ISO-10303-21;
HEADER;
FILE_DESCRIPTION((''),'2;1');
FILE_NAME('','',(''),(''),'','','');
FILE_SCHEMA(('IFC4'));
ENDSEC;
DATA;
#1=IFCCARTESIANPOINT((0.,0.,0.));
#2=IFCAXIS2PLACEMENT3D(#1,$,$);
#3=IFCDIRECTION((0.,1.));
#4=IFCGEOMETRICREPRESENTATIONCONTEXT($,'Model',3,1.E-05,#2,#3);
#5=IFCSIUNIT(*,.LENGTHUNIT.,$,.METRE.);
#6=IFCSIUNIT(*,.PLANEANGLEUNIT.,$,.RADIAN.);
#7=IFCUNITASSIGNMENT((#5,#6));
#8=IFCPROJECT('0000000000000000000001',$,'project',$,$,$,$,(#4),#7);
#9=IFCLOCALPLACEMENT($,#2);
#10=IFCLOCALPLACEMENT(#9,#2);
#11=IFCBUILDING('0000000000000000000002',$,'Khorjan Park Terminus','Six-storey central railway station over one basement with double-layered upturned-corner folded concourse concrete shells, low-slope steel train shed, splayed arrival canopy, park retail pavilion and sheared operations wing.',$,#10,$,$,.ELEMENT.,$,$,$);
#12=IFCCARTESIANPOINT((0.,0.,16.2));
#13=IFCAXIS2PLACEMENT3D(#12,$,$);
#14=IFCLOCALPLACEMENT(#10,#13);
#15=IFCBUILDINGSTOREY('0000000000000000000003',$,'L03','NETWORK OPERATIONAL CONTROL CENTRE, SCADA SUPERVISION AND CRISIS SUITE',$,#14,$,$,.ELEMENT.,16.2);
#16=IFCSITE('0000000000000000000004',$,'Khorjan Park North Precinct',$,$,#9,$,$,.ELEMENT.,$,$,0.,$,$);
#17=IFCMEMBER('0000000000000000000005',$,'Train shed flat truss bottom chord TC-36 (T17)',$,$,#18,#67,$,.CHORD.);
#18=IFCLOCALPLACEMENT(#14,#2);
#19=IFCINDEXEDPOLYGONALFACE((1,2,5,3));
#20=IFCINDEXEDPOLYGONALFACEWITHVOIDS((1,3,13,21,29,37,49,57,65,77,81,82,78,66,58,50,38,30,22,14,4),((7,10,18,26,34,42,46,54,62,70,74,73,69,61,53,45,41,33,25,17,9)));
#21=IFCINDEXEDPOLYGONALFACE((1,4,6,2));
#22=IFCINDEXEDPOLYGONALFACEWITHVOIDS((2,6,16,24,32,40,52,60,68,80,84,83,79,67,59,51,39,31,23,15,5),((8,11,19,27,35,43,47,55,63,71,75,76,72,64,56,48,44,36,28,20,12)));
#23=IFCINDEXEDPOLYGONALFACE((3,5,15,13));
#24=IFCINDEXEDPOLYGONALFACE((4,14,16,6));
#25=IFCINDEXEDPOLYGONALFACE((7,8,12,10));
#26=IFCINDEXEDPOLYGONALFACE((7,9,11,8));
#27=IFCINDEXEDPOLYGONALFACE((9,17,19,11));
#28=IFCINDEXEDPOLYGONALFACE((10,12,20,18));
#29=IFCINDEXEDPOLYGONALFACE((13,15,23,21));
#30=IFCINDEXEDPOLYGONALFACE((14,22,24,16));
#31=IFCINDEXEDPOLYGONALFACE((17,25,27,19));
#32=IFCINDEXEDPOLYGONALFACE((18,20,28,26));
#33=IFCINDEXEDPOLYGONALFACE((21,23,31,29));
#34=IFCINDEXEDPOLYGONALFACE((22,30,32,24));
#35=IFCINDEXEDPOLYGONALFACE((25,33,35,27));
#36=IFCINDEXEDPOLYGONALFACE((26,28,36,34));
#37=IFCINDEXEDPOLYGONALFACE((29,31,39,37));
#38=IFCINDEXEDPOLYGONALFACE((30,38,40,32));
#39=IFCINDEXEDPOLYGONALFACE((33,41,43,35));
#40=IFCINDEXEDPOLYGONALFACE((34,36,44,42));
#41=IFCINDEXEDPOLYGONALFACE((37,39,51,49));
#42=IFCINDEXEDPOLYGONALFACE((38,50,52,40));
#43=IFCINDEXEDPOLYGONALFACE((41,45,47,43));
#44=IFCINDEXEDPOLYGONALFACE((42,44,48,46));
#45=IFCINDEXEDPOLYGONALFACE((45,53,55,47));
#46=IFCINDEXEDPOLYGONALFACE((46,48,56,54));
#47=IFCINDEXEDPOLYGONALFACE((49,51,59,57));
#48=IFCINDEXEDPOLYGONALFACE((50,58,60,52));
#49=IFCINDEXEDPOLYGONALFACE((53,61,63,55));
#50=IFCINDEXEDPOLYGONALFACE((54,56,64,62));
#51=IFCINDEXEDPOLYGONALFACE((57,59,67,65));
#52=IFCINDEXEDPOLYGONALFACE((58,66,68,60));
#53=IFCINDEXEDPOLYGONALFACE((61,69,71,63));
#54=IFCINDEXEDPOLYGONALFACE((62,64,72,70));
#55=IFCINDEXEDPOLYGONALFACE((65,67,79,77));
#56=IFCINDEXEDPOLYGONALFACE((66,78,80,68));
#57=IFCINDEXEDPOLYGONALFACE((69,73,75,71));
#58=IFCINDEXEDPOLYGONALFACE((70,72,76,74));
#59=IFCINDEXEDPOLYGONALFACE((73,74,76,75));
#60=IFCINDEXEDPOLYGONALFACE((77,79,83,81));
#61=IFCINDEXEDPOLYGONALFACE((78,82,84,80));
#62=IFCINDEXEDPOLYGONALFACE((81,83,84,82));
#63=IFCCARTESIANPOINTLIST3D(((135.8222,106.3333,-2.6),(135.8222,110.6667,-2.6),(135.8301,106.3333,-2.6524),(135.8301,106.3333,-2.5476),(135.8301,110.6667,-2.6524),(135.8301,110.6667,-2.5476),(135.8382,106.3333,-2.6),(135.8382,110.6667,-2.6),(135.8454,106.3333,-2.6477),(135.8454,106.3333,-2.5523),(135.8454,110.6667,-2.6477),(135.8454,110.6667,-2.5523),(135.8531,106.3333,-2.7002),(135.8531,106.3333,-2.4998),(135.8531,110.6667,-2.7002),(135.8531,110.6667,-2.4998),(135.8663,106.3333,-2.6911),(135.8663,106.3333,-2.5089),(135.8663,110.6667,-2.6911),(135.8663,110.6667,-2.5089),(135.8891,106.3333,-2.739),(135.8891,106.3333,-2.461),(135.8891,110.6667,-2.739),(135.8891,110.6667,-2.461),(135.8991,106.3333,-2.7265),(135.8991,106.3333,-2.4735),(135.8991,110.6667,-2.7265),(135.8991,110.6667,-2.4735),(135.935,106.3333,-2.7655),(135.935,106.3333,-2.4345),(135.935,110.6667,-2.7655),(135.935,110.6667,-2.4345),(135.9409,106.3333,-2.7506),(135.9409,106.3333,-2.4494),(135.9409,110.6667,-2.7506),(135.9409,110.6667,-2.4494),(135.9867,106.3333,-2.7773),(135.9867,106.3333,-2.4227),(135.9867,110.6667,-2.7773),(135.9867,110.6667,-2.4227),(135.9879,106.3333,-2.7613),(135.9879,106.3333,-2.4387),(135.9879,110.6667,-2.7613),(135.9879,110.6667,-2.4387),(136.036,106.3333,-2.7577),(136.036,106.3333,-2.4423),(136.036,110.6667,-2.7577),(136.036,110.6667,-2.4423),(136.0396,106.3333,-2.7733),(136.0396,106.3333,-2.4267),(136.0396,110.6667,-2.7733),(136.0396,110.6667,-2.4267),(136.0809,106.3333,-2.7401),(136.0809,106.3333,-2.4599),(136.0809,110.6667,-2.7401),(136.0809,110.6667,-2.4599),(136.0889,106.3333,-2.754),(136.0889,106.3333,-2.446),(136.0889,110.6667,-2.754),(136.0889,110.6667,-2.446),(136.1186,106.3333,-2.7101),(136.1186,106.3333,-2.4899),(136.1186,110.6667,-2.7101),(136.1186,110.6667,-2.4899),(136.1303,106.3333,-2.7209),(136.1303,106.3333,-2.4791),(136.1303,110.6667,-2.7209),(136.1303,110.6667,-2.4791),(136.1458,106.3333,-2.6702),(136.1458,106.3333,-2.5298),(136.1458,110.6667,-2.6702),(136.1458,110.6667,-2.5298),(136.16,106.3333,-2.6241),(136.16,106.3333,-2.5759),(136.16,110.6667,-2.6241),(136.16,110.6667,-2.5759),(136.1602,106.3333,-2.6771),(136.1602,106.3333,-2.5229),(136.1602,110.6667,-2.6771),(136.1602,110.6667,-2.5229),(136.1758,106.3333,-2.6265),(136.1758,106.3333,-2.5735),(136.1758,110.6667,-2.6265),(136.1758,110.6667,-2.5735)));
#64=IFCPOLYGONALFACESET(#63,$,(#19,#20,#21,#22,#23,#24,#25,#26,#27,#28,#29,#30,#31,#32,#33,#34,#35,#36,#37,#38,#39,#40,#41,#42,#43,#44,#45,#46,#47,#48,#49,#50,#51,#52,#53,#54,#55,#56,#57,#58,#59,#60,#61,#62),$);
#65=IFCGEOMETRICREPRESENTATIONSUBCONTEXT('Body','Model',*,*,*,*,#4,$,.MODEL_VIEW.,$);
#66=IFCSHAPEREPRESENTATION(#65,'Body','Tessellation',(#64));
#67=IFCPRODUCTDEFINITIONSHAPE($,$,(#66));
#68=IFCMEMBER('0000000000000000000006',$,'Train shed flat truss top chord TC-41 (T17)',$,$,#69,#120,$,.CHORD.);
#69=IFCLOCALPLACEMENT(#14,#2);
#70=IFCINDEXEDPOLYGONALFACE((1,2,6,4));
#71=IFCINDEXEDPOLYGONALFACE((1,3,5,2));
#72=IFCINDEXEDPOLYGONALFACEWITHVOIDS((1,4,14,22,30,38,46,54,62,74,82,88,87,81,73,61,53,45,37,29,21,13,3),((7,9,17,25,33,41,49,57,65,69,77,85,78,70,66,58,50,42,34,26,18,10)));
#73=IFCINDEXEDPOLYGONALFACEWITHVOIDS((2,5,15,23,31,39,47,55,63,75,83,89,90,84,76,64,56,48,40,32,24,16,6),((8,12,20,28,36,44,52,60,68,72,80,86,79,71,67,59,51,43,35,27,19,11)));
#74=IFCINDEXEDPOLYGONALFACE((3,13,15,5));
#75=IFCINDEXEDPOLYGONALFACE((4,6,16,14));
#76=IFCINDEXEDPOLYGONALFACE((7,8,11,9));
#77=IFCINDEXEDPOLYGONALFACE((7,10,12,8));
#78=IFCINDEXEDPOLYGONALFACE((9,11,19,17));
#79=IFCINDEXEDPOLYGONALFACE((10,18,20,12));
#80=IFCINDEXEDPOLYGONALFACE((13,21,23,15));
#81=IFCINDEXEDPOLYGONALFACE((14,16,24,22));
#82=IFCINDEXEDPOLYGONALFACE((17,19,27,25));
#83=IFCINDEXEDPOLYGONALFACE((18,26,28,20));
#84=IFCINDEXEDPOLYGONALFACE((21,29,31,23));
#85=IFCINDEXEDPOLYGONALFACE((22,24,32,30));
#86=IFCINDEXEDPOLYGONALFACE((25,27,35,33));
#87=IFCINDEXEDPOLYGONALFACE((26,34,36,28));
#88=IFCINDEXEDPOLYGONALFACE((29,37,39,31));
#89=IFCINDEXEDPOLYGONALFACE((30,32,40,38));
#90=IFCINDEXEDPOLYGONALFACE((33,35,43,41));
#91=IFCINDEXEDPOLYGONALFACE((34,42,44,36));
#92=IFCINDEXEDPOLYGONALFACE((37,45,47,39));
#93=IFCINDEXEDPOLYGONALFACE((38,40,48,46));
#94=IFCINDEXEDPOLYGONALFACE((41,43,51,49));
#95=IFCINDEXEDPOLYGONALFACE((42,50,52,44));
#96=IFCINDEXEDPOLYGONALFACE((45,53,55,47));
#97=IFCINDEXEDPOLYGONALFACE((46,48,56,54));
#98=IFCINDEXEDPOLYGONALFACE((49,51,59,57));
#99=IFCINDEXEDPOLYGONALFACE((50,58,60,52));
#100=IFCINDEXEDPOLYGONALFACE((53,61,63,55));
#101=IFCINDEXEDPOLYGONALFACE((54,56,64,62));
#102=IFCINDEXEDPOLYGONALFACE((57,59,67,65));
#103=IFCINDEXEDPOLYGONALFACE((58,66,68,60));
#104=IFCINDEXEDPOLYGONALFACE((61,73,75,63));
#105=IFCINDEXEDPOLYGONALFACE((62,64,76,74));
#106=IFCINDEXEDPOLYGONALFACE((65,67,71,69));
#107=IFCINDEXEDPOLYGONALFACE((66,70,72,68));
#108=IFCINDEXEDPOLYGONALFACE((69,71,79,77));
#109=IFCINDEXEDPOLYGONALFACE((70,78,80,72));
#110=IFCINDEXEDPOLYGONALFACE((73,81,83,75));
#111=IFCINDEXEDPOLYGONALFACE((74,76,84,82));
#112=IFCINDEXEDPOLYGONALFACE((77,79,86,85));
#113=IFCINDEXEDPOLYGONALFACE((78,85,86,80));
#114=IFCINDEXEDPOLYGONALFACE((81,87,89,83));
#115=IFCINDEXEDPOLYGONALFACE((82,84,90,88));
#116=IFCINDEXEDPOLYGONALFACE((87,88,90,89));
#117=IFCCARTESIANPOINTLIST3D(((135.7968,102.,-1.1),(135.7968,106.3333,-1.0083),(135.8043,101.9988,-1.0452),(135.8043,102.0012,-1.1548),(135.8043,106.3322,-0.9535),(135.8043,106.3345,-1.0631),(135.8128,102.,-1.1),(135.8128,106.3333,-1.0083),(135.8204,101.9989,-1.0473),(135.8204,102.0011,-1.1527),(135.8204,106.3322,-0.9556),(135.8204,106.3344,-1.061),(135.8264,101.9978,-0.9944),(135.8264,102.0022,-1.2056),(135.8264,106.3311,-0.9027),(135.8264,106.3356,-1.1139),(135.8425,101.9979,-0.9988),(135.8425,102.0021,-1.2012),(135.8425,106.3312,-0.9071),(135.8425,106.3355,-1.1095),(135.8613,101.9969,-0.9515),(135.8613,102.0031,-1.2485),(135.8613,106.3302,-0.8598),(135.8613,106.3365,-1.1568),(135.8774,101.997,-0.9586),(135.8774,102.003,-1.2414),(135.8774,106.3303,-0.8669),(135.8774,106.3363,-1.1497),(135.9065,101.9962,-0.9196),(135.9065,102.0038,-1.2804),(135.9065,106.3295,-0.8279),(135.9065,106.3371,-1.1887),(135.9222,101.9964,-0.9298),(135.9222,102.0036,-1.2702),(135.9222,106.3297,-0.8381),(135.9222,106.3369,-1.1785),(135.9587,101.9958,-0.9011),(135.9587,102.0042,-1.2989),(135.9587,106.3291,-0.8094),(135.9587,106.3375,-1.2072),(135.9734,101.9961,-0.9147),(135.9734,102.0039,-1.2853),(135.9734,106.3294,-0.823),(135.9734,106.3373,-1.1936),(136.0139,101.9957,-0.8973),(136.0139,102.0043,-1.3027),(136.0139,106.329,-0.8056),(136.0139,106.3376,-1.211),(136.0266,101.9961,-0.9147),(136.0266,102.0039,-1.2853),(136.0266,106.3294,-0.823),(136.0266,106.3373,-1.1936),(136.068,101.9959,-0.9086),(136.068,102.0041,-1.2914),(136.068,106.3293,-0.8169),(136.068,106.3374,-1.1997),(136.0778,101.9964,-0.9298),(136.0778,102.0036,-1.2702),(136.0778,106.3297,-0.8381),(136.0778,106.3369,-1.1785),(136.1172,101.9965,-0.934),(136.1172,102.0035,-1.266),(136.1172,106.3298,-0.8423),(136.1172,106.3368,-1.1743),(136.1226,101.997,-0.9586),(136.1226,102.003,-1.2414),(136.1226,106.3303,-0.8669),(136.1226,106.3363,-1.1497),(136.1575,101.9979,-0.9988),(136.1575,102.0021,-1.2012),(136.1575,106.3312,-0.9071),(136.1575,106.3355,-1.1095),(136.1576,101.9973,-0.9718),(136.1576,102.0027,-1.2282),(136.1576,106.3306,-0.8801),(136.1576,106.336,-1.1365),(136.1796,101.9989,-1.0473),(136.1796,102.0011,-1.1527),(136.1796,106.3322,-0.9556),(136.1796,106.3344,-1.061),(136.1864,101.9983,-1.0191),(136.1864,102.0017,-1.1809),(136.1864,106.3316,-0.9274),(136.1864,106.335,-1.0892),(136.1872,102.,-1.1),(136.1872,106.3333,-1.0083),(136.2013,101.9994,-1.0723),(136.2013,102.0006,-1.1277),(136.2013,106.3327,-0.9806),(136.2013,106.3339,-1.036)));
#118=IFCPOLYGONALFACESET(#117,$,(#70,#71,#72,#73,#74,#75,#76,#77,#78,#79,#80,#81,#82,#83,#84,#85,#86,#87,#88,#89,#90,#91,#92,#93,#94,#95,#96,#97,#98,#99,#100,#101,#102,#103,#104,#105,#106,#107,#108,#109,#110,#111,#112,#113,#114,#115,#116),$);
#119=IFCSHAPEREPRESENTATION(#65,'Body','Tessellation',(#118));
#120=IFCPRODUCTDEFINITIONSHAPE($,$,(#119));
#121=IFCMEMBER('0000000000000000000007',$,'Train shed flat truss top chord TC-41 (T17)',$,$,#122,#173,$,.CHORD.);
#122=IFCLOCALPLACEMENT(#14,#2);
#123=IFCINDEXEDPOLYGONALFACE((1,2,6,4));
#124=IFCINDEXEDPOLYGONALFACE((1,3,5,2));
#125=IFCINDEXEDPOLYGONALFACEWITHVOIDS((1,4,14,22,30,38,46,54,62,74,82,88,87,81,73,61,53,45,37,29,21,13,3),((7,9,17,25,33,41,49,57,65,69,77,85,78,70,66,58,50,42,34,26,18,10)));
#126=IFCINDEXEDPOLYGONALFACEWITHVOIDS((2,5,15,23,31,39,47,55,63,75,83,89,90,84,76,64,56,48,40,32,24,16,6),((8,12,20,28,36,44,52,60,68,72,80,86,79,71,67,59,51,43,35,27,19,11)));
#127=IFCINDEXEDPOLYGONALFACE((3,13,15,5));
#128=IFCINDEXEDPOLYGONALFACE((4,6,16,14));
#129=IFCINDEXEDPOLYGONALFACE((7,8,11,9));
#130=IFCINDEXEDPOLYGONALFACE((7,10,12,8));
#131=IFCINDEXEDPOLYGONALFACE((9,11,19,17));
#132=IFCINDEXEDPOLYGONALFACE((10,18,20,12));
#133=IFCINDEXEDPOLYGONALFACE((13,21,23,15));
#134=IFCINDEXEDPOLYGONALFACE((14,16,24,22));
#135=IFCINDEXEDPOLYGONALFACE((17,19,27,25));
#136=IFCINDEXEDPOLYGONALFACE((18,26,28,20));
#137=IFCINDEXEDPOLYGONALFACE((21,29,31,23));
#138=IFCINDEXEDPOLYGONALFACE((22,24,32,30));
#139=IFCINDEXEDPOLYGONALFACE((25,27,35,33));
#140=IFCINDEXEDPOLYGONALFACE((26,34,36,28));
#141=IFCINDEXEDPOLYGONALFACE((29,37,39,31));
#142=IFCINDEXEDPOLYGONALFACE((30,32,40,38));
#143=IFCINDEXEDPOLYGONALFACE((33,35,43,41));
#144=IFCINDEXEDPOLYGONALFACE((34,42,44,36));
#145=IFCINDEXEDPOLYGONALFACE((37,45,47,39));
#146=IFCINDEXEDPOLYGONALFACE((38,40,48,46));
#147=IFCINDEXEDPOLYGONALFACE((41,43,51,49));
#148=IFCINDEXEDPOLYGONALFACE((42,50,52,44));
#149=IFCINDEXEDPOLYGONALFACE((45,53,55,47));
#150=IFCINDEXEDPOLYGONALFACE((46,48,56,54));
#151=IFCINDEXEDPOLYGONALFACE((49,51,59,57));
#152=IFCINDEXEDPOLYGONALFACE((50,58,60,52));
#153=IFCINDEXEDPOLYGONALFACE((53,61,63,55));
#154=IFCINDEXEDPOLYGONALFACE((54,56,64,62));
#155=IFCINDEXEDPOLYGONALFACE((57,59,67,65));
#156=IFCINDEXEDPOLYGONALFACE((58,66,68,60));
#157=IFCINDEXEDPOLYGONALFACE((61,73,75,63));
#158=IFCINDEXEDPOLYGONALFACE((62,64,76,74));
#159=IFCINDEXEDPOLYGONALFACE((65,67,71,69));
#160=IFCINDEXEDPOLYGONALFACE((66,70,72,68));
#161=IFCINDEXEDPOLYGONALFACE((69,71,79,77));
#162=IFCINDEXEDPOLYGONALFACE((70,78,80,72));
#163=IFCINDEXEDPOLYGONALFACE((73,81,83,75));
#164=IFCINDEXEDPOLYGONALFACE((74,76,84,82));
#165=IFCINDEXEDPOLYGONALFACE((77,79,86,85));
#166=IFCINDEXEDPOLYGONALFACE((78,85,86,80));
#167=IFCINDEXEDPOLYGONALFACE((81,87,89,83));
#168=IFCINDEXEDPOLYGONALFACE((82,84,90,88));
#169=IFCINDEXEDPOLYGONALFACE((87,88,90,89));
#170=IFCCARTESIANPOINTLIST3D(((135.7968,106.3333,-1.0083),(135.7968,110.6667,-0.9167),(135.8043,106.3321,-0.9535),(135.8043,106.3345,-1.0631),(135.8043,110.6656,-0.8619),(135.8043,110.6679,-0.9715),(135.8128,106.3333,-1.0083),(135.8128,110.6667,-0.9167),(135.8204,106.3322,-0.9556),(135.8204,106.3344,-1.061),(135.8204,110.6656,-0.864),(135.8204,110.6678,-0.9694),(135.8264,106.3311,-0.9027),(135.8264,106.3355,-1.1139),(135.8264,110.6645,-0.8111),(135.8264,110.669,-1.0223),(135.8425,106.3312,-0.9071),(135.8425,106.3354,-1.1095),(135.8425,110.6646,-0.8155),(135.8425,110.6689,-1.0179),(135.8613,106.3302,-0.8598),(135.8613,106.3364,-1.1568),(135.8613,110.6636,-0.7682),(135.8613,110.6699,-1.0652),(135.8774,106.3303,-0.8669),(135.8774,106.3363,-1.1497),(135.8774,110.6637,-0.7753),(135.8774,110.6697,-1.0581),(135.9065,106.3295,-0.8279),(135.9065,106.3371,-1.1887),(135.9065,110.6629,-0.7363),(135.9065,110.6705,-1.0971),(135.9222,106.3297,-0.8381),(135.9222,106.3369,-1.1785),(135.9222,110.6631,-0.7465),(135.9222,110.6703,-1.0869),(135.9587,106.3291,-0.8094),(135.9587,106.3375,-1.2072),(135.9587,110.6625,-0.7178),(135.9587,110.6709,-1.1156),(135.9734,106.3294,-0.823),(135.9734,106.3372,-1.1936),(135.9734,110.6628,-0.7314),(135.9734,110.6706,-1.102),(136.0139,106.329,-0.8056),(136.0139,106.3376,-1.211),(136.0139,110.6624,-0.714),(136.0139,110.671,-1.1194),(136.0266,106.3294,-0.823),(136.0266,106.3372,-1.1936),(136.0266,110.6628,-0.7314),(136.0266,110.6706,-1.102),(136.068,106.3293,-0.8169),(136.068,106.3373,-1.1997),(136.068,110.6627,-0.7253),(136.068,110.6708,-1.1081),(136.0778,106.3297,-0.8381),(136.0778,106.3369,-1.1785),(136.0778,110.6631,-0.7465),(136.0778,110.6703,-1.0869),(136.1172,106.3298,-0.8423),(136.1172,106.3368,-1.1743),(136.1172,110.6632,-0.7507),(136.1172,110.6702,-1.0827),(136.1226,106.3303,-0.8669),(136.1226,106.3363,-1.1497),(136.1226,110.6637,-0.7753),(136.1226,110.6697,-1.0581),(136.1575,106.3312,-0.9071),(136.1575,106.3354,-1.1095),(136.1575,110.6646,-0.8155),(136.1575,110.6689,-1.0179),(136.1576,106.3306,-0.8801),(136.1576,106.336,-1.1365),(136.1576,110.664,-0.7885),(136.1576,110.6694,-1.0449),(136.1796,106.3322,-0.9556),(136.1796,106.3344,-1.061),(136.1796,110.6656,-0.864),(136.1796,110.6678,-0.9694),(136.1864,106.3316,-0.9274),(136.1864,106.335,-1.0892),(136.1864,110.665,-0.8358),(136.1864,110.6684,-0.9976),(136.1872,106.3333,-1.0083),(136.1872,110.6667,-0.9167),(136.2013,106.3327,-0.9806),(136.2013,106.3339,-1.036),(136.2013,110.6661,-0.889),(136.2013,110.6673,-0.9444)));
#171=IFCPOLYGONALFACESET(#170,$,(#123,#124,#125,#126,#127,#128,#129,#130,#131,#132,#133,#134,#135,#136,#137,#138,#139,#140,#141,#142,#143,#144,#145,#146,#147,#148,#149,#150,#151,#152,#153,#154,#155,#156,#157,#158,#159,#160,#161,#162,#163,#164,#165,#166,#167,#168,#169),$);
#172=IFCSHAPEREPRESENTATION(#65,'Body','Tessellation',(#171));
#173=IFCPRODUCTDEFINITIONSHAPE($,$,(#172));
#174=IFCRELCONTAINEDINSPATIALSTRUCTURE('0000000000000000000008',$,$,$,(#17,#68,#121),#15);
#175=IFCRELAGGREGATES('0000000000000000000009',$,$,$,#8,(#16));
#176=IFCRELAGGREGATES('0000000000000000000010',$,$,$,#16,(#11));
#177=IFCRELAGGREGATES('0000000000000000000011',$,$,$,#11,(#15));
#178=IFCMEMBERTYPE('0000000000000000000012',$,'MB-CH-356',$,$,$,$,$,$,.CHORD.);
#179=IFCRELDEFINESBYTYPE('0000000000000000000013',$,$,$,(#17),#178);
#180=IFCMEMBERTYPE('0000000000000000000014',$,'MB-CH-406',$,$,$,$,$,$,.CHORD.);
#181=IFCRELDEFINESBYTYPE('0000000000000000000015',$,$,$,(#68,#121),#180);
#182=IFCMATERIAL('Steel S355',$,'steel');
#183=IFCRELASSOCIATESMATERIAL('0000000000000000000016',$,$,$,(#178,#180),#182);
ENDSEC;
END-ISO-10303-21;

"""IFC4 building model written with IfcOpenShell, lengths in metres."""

from ifc_helpers import new_model, si_unit, direction, frame, origin, origin_2d, place, context, subcontext, project, spatial, hollow_circle, extrude, material, material_profile, profile_set, type_object, element, save


model = new_model("IFC4")

# Units and contexts
model_context = context("Model", 3, precision=1e-05, world=origin(), true_north=direction((0.0, 1.0)))
body_context = subcontext(model_context, "Body", "Model", "MODEL_VIEW")
ifc_project = project(units=[si_unit("LENGTHUNIT", "METRE"), si_unit("PLANEANGLEUNIT", "RADIAN")], contexts=[model_context])

# Site, building, storey
site_placement = place(None, origin())
site = spatial("IfcSite", under=ifc_project, at=site_placement, Name="Khorjan Park North Precinct", CompositionType="ELEMENT", RefElevation=0.0)
building_placement = place(site_placement, origin())
building = spatial("IfcBuilding", under=site, at=building_placement, Name="Khorjan Park Terminus", Description="Six-storey central railway station over one basement with double-layered upturned-corner folded concourse concrete shells, low-slope steel train shed, splayed arrival canopy, park retail pavilion and sheared operations wing.", CompositionType="ELEMENT")
storey_placement = place(building_placement, frame((0.0, 0.0, 16.2)))
storey = spatial("IfcBuildingStorey", under=building, at=storey_placement, Name="L03", Description="NETWORK OPERATIONAL CONTROL CENTRE, SCADA SUPERVISION AND CRISIS SUITE", CompositionType="ELEMENT", Elevation=16.2)

# Members
ifc_material = material(Name="Steel S355", Category="steel")
ifc_material_profile_1 = material_profile(ifc_material, hollow_circle(Radius=0.1778, WallThickness=0.016, at=origin_2d()), Name="CHS 355.6x16")
ifc_profile_set_1 = profile_set([ifc_material_profile_1], Name="Steel S355")
member_type_1 = type_object("IfcMemberType", Name="MB-CH-356", PredefinedType="CHORD", material=ifc_profile_set_1)
member_1_placement = place(storey_placement, frame((136.0, 106.3333, -2.6), z_axis=(0.0, 1.0, 0.0), x_axis=(-1.0, 0.0, 0.0)))
element("IfcMember", 1, at=member_1_placement, inside=storey, type_object=member_type_1, Name="Train shed flat truss bottom chord TC-36 (T17)", PredefinedType="CHORD", context=body_context, shape_type="SweptSolid", body=[
    extrude(hollow_circle(Radius=0.1778, WallThickness=0.016, at=origin_2d()), origin(), (0.0, 0.0, 1.0), 4.3334),
])
ifc_material_profile_2 = material_profile(ifc_material, hollow_circle(Radius=0.2032, WallThickness=0.016, at=origin_2d()), Name="CHS 406.4x16")
ifc_profile_set_2 = profile_set([ifc_material_profile_2], Name="Steel S355")
member_type_2 = type_object("IfcMemberType", Name="MB-CH-406", PredefinedType="CHORD", material=ifc_profile_set_2)
member_2_placement = place(storey_placement, frame((136.0, 102.0, -1.1), z_axis=(0.0, 0.999776, 0.021157), x_axis=(-1.0, 0.0, 0.0)))
element("IfcMember", 2, at=member_2_placement, inside=storey, type_object=member_type_2, Name="Train shed flat truss top chord TC-41 (T17)", PredefinedType="CHORD", context=body_context, shape_type="SweptSolid", body=[
    extrude(hollow_circle(Radius=0.2032, WallThickness=0.016, at=origin_2d()), origin(), (0.0, 0.0, 1.0), 4.3343),
])
member_3_placement = place(storey_placement, frame((136.0, 106.3333, -1.0083), z_axis=(0.0, 0.999777, 0.021133), x_axis=(-1.0, 0.0, 0.0)))
element("IfcMember", 3, at=member_3_placement, inside=storey, type_object=member_type_2, Name="Train shed flat truss top chord TC-41 (T17)", PredefinedType="CHORD", context=body_context, shape_type="SweptSolid", body=[
    extrude(hollow_circle(Radius=0.2032, WallThickness=0.016, at=origin_2d()), origin(), (0.0, 0.0, 1.0), 4.3344),
])

save(model, "model.ifc")
